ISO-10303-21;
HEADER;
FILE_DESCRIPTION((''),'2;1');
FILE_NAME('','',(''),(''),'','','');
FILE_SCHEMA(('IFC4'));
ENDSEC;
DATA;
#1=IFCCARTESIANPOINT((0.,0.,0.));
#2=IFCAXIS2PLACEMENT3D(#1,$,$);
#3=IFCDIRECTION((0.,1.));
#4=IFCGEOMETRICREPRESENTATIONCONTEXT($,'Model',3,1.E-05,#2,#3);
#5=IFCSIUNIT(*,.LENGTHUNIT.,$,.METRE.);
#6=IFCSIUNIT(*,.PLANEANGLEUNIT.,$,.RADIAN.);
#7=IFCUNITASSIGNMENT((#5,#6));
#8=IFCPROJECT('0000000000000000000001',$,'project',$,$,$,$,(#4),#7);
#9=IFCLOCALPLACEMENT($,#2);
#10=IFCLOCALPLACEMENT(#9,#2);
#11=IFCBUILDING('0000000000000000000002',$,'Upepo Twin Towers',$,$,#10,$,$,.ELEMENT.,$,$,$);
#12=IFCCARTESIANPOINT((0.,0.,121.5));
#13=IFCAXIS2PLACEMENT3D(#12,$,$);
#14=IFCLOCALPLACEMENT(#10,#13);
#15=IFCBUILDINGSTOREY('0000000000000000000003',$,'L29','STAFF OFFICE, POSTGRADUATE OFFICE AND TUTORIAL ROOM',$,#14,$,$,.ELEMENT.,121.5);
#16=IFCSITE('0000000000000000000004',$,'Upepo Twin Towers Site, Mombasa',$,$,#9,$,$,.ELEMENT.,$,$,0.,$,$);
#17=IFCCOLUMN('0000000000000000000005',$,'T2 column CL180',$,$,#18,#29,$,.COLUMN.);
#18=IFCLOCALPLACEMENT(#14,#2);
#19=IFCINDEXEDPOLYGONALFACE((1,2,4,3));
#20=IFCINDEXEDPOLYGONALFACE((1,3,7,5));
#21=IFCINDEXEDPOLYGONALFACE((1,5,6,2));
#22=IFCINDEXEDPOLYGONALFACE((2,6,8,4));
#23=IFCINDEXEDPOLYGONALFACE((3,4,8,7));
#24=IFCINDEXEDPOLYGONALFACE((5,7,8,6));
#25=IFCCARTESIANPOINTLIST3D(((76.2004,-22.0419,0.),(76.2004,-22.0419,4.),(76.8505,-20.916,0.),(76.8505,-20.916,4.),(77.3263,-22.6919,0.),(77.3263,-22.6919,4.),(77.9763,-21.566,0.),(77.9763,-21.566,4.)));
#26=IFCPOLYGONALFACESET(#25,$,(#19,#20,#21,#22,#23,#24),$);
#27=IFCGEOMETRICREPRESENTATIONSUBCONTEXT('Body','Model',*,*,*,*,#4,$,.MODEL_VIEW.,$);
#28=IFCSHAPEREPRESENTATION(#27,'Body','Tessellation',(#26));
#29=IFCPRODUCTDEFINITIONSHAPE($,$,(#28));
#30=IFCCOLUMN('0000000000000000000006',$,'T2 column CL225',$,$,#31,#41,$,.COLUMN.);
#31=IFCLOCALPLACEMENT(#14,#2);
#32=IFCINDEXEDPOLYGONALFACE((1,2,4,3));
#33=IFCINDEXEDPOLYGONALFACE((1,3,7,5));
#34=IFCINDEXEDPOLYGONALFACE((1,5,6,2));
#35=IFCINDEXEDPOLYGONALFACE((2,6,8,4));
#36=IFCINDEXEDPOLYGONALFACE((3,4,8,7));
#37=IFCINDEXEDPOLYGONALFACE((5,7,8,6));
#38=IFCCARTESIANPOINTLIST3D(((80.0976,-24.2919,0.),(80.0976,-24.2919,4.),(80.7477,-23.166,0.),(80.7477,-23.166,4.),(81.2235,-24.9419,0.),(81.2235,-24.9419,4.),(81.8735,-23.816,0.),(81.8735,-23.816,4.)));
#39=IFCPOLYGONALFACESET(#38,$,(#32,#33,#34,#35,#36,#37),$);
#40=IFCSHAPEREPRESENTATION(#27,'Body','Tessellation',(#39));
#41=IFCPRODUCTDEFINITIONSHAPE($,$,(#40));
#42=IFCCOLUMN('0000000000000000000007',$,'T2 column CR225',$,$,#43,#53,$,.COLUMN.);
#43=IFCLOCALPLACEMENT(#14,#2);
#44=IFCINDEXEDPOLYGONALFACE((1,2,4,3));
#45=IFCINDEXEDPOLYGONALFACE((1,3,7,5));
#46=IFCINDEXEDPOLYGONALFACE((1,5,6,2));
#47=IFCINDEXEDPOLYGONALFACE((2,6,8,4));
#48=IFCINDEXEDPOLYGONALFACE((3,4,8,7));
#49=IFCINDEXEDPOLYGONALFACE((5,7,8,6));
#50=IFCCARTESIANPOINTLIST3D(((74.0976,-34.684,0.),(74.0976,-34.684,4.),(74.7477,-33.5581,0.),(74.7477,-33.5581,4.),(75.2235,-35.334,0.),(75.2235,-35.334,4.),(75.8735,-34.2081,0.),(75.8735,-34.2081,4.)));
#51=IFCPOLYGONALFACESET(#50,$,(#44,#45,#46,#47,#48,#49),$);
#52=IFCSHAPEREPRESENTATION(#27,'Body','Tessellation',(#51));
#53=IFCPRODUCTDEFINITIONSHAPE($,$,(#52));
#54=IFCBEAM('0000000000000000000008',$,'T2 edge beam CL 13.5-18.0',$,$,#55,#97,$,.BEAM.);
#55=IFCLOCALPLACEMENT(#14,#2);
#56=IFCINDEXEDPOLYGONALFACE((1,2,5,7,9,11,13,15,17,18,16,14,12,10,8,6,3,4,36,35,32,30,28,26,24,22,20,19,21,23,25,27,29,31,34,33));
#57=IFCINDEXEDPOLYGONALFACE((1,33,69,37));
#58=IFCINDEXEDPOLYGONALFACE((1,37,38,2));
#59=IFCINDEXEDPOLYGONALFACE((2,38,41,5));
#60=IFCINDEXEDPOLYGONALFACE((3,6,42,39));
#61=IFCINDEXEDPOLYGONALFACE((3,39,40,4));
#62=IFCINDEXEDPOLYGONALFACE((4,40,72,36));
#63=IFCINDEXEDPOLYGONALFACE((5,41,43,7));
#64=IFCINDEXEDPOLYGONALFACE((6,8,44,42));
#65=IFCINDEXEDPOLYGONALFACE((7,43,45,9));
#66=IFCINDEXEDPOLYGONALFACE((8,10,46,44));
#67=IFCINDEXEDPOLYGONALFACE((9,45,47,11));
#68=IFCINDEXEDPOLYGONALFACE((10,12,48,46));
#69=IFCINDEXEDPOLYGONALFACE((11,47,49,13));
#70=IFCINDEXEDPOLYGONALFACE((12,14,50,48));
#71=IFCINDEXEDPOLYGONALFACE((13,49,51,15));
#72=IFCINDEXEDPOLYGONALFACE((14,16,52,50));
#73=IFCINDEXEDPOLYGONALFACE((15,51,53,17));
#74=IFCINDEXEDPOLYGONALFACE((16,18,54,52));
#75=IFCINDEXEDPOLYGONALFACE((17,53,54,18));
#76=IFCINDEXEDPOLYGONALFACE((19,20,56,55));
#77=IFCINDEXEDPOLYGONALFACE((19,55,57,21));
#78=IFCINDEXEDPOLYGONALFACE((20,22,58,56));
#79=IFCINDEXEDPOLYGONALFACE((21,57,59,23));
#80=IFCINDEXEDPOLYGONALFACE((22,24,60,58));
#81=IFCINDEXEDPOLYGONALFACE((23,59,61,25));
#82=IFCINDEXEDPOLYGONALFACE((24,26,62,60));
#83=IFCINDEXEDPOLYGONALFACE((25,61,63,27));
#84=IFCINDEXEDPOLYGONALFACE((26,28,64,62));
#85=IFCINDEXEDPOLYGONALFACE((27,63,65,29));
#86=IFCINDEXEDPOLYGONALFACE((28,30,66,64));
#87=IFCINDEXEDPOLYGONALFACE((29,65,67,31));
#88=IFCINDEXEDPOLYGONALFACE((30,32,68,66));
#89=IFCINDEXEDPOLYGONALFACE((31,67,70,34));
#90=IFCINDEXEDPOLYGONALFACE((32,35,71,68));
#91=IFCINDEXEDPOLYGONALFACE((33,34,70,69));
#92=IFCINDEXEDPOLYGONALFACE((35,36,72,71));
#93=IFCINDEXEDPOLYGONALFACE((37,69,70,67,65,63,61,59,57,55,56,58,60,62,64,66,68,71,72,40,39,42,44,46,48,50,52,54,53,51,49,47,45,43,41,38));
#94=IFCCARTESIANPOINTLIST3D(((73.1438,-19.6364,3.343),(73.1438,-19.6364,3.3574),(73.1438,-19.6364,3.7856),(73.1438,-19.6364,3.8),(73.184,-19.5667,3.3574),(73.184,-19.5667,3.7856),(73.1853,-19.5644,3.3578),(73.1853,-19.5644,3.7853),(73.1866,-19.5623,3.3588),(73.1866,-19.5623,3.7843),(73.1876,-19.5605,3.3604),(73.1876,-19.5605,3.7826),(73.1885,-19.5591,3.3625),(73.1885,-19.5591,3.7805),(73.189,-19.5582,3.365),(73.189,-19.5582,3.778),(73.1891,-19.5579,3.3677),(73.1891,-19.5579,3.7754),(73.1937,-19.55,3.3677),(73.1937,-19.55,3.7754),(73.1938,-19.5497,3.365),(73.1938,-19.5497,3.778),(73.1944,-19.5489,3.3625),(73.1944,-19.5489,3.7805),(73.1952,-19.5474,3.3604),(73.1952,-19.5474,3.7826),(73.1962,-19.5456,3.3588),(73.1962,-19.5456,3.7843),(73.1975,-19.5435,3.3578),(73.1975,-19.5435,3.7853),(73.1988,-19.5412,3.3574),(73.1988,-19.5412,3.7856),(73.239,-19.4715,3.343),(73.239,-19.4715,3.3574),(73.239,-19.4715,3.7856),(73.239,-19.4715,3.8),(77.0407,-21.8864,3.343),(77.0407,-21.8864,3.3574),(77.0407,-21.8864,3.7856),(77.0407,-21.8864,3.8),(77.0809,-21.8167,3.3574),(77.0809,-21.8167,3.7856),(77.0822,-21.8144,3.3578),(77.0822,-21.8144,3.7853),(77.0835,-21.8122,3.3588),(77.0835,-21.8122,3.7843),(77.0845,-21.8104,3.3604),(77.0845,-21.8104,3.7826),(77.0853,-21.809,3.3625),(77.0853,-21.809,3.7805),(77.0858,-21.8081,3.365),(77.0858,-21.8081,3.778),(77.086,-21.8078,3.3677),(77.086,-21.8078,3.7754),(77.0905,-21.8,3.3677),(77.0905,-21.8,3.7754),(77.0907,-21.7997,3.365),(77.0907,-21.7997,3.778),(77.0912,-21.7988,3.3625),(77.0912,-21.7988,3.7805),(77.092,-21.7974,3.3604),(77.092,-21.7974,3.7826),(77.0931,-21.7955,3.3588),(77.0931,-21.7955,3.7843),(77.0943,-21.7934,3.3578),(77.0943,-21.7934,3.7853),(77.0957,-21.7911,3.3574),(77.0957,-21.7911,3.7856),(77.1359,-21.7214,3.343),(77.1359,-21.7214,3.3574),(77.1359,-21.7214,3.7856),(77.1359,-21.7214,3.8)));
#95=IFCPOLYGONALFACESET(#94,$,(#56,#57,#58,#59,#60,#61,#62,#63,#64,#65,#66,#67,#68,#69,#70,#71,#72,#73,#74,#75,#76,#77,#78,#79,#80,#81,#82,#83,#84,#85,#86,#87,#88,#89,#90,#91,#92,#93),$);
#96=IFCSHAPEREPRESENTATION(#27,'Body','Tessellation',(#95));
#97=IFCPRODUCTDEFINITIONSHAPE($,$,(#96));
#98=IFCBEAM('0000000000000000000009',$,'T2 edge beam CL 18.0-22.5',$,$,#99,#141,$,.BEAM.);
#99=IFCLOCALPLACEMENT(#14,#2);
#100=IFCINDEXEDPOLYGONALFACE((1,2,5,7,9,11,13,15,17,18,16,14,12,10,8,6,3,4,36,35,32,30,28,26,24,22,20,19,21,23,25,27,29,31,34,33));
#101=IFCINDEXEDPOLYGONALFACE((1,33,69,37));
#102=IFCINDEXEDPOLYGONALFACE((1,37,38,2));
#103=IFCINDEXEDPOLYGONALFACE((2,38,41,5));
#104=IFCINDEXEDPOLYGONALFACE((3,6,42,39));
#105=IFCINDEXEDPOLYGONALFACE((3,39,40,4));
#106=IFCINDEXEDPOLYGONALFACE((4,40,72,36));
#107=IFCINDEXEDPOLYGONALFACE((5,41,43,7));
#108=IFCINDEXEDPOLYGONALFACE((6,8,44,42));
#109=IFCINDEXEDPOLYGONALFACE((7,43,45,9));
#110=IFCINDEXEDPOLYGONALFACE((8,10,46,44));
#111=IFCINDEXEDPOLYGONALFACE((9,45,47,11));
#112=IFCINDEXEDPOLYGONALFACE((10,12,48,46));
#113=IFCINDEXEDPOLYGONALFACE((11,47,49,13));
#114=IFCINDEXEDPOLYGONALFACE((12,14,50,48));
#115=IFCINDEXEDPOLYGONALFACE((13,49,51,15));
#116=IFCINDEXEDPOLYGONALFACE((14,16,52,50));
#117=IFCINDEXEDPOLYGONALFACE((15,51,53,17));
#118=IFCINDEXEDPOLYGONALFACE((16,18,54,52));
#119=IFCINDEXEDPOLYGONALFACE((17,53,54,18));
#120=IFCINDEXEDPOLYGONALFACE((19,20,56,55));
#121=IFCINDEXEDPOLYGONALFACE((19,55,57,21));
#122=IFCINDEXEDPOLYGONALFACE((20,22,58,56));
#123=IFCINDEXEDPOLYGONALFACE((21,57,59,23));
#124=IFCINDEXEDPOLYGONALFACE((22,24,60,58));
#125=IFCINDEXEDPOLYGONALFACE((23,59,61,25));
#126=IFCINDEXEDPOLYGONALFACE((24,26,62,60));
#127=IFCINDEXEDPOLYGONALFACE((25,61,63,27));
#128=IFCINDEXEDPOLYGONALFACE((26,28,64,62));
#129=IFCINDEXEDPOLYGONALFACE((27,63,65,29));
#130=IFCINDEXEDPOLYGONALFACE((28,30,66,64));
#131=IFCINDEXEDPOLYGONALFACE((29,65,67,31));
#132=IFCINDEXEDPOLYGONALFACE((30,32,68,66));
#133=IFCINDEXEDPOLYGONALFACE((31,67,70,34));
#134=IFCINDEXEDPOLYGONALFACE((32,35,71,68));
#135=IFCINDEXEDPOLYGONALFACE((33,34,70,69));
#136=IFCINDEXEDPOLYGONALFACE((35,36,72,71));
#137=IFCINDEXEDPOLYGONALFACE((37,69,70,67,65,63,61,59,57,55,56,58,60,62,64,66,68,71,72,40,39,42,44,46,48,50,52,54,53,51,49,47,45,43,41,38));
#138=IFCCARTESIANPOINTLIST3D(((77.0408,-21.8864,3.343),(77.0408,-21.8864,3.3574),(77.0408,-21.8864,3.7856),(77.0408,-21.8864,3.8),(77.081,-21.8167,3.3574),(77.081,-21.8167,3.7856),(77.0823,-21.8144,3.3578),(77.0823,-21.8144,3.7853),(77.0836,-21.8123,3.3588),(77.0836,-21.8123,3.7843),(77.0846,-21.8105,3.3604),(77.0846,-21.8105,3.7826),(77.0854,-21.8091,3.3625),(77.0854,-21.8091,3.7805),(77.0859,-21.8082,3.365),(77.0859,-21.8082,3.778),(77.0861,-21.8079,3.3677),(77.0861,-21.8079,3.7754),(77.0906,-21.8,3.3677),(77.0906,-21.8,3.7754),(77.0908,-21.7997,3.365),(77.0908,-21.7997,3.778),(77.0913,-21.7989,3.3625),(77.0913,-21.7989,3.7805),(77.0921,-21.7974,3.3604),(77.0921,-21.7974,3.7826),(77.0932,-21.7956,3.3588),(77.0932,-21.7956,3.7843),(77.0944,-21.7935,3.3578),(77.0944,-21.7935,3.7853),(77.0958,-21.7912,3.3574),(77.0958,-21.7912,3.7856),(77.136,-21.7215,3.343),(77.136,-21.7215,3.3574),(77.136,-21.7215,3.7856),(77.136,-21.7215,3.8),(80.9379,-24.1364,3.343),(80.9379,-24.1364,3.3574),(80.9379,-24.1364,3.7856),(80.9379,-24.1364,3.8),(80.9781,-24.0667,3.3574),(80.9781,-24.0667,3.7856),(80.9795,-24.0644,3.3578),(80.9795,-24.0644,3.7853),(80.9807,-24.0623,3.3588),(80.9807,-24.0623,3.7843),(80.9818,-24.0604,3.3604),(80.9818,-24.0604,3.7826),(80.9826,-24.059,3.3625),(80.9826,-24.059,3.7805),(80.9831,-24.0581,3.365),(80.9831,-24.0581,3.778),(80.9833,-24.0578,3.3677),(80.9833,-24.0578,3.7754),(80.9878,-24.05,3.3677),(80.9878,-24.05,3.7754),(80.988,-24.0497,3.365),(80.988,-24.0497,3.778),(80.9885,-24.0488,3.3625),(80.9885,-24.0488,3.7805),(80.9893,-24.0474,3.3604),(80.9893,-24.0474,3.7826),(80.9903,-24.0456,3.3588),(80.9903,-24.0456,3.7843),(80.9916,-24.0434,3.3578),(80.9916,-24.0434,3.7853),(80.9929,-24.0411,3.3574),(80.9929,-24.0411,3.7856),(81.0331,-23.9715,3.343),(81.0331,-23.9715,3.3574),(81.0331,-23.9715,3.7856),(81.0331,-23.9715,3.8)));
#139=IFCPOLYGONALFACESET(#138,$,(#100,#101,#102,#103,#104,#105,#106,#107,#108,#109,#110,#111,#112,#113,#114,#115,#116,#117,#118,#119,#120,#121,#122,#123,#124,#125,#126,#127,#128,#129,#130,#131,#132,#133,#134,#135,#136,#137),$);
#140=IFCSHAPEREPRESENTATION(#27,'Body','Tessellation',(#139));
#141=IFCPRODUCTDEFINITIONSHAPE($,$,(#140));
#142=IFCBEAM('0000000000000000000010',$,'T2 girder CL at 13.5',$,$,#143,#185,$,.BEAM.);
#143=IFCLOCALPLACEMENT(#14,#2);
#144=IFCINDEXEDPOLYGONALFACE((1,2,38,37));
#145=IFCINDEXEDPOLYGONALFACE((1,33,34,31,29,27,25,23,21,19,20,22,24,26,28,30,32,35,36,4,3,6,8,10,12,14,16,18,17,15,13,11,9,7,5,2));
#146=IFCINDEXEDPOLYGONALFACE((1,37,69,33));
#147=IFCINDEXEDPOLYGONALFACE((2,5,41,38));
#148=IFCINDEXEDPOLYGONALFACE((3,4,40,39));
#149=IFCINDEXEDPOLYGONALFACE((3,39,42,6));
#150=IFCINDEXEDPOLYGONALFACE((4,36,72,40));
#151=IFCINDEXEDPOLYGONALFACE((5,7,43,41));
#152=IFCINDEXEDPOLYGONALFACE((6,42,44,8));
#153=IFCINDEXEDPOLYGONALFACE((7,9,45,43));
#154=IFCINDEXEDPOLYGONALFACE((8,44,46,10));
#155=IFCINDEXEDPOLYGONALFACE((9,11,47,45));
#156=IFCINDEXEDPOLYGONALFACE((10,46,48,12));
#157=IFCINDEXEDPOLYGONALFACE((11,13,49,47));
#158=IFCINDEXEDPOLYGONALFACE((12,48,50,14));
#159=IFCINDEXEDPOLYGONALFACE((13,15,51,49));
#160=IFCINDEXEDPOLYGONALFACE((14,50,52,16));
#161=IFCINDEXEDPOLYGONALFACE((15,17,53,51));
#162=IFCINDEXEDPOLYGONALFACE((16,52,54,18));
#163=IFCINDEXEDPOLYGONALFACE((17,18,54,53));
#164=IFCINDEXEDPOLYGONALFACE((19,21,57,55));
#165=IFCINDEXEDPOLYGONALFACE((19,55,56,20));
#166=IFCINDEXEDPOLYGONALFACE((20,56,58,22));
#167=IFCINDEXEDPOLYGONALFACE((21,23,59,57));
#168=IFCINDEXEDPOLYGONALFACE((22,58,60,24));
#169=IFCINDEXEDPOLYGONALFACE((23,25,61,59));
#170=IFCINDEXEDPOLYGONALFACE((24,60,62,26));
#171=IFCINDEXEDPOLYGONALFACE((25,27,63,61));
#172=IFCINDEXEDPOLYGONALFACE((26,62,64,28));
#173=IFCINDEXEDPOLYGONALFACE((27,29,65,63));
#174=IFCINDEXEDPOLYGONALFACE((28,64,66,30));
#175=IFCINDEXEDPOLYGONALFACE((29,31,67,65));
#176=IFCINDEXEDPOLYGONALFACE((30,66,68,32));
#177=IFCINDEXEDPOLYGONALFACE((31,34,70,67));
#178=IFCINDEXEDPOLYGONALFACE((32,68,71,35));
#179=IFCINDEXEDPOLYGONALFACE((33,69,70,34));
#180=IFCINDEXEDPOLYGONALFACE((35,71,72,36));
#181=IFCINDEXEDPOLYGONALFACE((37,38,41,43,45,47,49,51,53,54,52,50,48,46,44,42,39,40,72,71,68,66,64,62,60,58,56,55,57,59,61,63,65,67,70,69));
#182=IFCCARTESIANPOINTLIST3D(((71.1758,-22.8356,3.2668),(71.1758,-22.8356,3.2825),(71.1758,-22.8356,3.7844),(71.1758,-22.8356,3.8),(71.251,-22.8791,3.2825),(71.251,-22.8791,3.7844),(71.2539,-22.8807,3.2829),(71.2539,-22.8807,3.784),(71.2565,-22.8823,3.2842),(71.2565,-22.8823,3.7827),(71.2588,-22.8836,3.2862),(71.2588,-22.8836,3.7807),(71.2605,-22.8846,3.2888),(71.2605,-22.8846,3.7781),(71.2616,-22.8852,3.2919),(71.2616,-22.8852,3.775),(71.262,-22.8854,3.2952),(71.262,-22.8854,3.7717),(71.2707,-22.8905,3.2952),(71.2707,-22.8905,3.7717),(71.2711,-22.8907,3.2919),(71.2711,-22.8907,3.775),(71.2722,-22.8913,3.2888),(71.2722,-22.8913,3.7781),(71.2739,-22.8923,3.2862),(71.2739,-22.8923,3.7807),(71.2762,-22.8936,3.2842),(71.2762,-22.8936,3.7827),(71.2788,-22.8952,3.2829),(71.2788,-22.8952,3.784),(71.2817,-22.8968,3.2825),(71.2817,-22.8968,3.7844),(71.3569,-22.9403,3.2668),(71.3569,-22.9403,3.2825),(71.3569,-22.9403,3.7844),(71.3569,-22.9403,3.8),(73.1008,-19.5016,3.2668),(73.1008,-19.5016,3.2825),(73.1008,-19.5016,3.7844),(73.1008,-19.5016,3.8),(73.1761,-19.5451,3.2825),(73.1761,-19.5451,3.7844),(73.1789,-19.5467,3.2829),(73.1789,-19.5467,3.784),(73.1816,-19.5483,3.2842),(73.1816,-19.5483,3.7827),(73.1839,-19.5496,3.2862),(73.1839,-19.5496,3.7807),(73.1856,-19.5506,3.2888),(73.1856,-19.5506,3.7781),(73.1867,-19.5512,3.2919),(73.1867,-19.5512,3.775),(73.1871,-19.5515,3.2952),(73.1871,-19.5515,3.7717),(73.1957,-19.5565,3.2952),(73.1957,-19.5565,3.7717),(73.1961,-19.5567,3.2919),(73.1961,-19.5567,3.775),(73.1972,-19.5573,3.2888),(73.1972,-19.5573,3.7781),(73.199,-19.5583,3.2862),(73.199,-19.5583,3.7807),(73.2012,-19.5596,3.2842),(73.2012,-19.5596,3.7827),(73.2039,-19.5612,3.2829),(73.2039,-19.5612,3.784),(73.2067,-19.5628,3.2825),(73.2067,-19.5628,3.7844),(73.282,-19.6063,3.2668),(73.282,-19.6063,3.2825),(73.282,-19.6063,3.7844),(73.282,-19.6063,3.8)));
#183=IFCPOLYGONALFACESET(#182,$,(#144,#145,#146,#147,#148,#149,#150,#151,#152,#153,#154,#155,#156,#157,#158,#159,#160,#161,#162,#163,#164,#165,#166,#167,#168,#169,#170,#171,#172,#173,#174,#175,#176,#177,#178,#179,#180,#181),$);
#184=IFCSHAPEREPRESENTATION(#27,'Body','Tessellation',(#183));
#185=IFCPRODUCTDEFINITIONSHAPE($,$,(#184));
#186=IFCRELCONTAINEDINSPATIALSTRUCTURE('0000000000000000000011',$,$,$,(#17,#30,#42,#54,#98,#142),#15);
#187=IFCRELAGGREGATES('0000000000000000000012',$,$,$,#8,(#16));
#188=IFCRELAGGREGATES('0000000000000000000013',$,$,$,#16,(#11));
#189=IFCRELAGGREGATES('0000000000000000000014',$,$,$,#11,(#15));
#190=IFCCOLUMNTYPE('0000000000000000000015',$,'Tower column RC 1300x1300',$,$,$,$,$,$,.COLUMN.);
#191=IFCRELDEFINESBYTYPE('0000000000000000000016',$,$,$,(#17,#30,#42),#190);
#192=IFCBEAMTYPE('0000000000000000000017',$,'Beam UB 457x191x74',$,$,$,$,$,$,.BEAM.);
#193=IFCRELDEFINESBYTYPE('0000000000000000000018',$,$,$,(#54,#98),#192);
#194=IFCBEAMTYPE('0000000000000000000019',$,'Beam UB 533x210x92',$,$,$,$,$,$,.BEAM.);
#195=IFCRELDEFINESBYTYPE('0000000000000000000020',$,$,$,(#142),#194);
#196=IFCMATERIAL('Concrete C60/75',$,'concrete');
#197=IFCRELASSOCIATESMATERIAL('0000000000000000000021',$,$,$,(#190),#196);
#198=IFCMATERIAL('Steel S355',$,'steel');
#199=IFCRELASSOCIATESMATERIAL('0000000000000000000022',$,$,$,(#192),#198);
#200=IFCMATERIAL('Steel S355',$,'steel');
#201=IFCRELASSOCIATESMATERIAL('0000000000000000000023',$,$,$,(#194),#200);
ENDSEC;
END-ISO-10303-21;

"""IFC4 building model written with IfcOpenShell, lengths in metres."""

from ifc_helpers import new_model, si_unit, direction, frame, origin, origin_2d, place, context, subcontext, project, spatial, rectangle, i_section, extrude, material, material_profile, profile_set, type_object, element, save


model = new_model("IFC4")

# Units and contexts
model_context = context("Model", 3, precision=1e-05, world=origin(), true_north=direction((0.0, 1.0)))
body_context = subcontext(model_context, "Body", "Model", "MODEL_VIEW")
ifc_project = project(units=[si_unit("LENGTHUNIT", "METRE"), si_unit("PLANEANGLEUNIT", "RADIAN")], contexts=[model_context])

# Site, building, storey
site_placement = place(None, origin())
site = spatial("IfcSite", under=ifc_project, at=site_placement, Name="Upepo Twin Towers Site, Mombasa", CompositionType="ELEMENT", RefElevation=0.0)
building_placement = place(site_placement, origin())
building = spatial("IfcBuilding", under=site, at=building_placement, Name="Upepo Twin Towers", CompositionType="ELEMENT")
storey_placement = place(building_placement, frame((0.0, 0.0, 121.5)))
storey = spatial("IfcBuildingStorey", under=building, at=storey_placement, Name="L29", Description="STAFF OFFICE, POSTGRADUATE OFFICE AND TUTORIAL ROOM", CompositionType="ELEMENT", Elevation=121.5)

# Columns
ifc_material_1 = material(Name="Concrete C60/75", Category="concrete")
ifc_material_profile_1 = material_profile(ifc_material_1, rectangle(XDim=1.3, YDim=1.3, at=origin_2d()), Name="RC 1300x1300")
ifc_profile_set_1 = profile_set([ifc_material_profile_1], Name="Concrete C60/75")
column_type = type_object("IfcColumnType", Name="Tower column RC 1300x1300", PredefinedType="COLUMN", material=ifc_profile_set_1)
for number, where, z_axis, x_axis, name in (
    (1, (77.0884, -21.804, 0.0), (0.0, 0.0, 1.0), (0.5, 0.866025, 0.0), "T2 column CL180"),
    (2, (80.9856, -24.054, 0.0), (0.0, 0.0, 1.0), (0.5, 0.866025, 0.0), "T2 column CL225"),
    (3, (74.9856, -34.446, 0.0), (0.0, 0.0, 1.0), (0.5, 0.866025, 0.0), "T2 column CR225"),
):
    element("IfcColumn", number, at=place(storey_placement, frame(where, z_axis=z_axis, x_axis=x_axis)), inside=storey, type_object=column_type, Name=name, PredefinedType="COLUMN", context=body_context, shape_type="SweptSolid", body=[
        extrude(rectangle(XDim=1.3, YDim=1.3, at=origin_2d()), origin(), (0.0, 0.0, 1.0), 4.0),
    ])

# Beams
ifc_material_2 = material(Name="Steel S355", Category="steel")
ifc_material_profile_2 = material_profile(ifc_material_2, i_section(OverallWidth=0.1904, OverallDepth=0.457, WebThickness=0.009, FlangeThickness=0.0144, FilletRadius=0.0103, at=origin_2d()), Name="UB 457x191x74")
ifc_profile_set_2 = profile_set([ifc_material_profile_2], Name="Steel S355")
beam_type_1 = type_object("IfcBeamType", Name="Beam UB 457x191x74", PredefinedType="BEAM", material=ifc_profile_set_2)
beam_1_placement = place(storey_placement, frame((73.1914, -19.554, 3.5715), z_axis=(0.866018, -0.500014, 0.0), x_axis=(0.500014, 0.866018, 0.0)))
element("IfcBeam", 4, at=beam_1_placement, inside=storey, type_object=beam_type_1, Name="T2 edge beam CL 13.5-18.0", PredefinedType="BEAM", context=body_context, shape_type="SweptSolid", body=[
    extrude(i_section(OverallWidth=0.1904, OverallDepth=0.457, WebThickness=0.009, FlangeThickness=0.0144, FilletRadius=0.0103, at=origin_2d()), origin(), (0.0, 0.0, 1.0), 4.4998),
])
beam_2_placement = place(storey_placement, frame((77.0884, -21.804, 3.5715), z_axis=(0.866031, -0.49999, 0.0), x_axis=(0.49999, 0.866031, 0.0)))
element("IfcBeam", 5, at=beam_2_placement, inside=storey, type_object=beam_type_1, Name="T2 edge beam CL 18.0-22.5", PredefinedType="BEAM", context=body_context, shape_type="SweptSolid", body=[
    extrude(i_section(OverallWidth=0.1904, OverallDepth=0.457, WebThickness=0.009, FlangeThickness=0.0144, FilletRadius=0.0103, at=origin_2d()), origin(), (0.0, 0.0, 1.0), 4.5),
])
ifc_material_3 = material(Name="Steel S355", Category="steel")
ifc_material_profile_3 = material_profile(ifc_material_3, i_section(OverallWidth=0.2092, OverallDepth=0.5332, WebThickness=0.01, FlangeThickness=0.0156, FilletRadius=0.0127, at=origin_2d()), Name="UB 533x210x92")
ifc_profile_set_3 = profile_set([ifc_material_profile_3], Name="Steel S355")
beam_type_2 = type_object("IfcBeamType", Name="Beam UB 533x210x92", PredefinedType="BEAM", material=ifc_profile_set_3)
beam_3_placement = place(storey_placement, frame((73.1914, -19.554, 3.5334), z_axis=(-0.500034, -0.866006, 0.0), x_axis=(0.866006, -0.500034, 0.0)))
element("IfcBeam", 6, at=beam_3_placement, inside=storey, type_object=beam_type_2, Name="T2 girder CL at 13.5", PredefinedType="BEAM", context=body_context, shape_type="SweptSolid", body=[
    extrude(i_section(OverallWidth=0.2092, OverallDepth=0.5332, WebThickness=0.01, FlangeThickness=0.0156, FilletRadius=0.0127, at=origin_2d()), origin(), (0.0, 0.0, 1.0), 3.8499),
])

save(model, "model.ifc")
